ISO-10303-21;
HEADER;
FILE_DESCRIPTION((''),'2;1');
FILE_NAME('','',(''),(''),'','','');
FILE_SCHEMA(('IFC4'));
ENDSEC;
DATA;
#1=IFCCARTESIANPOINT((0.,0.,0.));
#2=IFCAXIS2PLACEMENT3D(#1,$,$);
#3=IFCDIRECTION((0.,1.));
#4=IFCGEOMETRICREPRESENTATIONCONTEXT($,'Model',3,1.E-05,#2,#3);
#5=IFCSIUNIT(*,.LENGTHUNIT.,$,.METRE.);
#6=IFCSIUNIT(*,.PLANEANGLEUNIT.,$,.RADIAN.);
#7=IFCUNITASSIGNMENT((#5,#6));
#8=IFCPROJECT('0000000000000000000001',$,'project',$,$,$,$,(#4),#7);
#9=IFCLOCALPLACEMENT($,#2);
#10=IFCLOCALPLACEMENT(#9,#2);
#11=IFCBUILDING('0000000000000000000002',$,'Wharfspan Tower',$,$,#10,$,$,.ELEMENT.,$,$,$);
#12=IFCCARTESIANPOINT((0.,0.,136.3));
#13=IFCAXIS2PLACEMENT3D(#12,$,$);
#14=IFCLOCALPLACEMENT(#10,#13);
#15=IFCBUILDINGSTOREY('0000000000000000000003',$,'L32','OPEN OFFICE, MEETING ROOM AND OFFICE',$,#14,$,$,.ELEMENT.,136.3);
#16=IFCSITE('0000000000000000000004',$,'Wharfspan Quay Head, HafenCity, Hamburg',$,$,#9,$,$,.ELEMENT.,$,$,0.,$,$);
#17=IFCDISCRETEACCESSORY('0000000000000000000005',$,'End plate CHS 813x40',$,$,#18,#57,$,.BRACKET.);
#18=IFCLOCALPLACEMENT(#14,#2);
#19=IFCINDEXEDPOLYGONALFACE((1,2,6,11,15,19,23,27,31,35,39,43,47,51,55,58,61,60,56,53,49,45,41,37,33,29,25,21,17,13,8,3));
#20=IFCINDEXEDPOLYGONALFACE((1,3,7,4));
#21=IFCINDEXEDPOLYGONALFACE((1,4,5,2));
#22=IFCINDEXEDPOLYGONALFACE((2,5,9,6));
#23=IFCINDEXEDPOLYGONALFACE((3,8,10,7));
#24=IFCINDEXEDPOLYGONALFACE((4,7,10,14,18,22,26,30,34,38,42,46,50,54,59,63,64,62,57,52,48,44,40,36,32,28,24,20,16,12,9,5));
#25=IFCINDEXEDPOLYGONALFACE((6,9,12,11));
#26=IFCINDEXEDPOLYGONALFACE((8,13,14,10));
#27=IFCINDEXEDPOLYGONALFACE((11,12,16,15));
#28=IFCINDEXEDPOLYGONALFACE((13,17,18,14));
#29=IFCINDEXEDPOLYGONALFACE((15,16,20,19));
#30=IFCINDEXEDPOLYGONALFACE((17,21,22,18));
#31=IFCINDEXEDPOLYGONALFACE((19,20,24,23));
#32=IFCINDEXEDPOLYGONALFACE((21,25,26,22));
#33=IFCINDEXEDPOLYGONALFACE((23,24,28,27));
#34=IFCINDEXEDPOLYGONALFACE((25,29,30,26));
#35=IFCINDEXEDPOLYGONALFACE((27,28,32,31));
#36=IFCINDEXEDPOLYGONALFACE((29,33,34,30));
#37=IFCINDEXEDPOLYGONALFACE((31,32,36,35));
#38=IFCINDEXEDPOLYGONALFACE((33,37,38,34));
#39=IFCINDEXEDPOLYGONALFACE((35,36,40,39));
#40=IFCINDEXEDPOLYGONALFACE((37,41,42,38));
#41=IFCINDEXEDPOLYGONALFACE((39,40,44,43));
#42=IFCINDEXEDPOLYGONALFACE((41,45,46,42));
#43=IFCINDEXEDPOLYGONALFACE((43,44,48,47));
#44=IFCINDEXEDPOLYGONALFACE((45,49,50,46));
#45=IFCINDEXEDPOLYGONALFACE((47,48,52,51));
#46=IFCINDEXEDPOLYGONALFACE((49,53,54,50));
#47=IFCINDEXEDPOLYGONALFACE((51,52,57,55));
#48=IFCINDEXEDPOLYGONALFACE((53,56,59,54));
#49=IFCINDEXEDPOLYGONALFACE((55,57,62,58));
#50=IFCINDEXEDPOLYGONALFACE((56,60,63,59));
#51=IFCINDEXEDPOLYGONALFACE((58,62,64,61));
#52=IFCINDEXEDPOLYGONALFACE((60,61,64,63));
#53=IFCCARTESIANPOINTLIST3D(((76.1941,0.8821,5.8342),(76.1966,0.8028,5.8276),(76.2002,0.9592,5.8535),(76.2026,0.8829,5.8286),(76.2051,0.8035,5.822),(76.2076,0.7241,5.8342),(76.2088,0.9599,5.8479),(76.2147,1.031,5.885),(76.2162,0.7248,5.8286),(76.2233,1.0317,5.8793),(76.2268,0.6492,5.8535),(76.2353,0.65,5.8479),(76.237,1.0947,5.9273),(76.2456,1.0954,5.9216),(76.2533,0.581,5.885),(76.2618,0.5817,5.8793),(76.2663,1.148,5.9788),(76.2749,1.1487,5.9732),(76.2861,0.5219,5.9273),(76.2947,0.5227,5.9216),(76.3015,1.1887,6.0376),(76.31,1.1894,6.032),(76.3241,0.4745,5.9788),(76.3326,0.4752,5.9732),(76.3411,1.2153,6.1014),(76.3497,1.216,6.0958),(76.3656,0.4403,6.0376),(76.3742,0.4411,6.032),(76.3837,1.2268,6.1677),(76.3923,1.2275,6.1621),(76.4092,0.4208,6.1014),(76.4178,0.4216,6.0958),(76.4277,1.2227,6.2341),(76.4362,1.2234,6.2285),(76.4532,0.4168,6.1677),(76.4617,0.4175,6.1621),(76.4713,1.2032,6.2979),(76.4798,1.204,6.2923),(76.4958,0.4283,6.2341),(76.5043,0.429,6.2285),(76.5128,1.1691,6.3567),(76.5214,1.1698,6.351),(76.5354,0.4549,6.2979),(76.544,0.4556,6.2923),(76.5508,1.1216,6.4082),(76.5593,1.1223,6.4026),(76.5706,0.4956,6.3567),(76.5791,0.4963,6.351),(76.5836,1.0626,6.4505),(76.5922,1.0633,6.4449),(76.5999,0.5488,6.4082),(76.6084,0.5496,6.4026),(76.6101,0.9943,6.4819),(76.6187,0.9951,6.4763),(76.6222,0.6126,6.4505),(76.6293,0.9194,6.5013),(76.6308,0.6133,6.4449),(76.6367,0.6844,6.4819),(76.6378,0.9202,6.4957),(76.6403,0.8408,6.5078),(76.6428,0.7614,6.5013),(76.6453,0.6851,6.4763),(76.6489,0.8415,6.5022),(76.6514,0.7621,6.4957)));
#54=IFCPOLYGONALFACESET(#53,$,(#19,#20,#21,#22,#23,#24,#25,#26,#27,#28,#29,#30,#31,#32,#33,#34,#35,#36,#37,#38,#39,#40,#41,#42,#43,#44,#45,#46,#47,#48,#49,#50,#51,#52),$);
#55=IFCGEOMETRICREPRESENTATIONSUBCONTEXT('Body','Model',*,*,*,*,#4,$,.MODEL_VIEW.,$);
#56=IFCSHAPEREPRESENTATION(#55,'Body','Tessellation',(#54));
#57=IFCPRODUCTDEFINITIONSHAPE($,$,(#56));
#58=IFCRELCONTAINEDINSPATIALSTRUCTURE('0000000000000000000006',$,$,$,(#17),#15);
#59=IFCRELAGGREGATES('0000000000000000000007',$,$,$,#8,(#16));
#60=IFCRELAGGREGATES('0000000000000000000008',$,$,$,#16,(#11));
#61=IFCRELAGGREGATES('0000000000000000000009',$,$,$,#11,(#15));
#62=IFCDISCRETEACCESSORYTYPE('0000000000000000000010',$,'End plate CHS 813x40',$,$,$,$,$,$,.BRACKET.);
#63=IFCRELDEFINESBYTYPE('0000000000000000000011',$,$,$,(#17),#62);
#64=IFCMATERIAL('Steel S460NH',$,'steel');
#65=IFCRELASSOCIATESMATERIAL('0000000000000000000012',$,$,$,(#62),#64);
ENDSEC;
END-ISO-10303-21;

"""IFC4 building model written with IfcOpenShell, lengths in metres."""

from ifc_helpers import new_model, si_unit, direction, frame, origin, origin_2d, place, context, subcontext, project, spatial, circle, extrude, material, material_profile, profile_set, type_object, element, save


model = new_model("IFC4")

# Units and contexts
model_context = context("Model", 3, precision=1e-05, world=origin(), true_north=direction((0.0, 1.0)))
body_context = subcontext(model_context, "Body", "Model", "MODEL_VIEW")
ifc_project = project(units=[si_unit("LENGTHUNIT", "METRE"), si_unit("PLANEANGLEUNIT", "RADIAN")], contexts=[model_context])

# Site, building, storey
site_placement = place(None, origin())
site = spatial("IfcSite", under=ifc_project, at=site_placement, Name="Wharfspan Quay Head, HafenCity, Hamburg", CompositionType="ELEMENT", RefElevation=0.0)
building_placement = place(site_placement, origin())
building = spatial("IfcBuilding", under=site, at=building_placement, Name="Wharfspan Tower", CompositionType="ELEMENT")
storey_placement = place(building_placement, frame((0.0, 0.0, 136.3)))
storey = spatial("IfcBuildingStorey", under=building, at=storey_placement, Name="L32", Description="OPEN OFFICE, MEETING ROOM AND OFFICE", CompositionType="ELEMENT", Elevation=136.3)

# Discrete accessory
ifc_material_1 = material(Name="Steel S460NH", Category="steel")
ifc_material_profile_1 = material_profile(ifc_material_1, circle(Radius=0.4065, at=origin_2d()))
ifc_profile_set_1 = profile_set([ifc_material_profile_1], Name="Steel S460NH")
discrete_accessory_type = type_object("IfcDiscreteAccessoryType", Name="End plate CHS 813x40", PredefinedType="BRACKET", material=ifc_profile_set_1)
discrete_accessory_1_placement = place(storey_placement, frame((76.427, 0.8225, 6.1621), z_axis=(-0.83357, -0.071449, 0.547774), x_axis=(0.085401, -0.996343, 0.0)))
element("IfcDiscreteAccessory", 1, at=discrete_accessory_1_placement, inside=storey, type_object=discrete_accessory_type, Name="End plate CHS 813x40", PredefinedType="BRACKET", context=body_context, shape_type="SweptSolid", body=[
    extrude(circle(Radius=0.4065, at=origin_2d()), origin(), (0.0, 0.0, 1.0), 0.0103),
])

save(model, "model.ifc")
